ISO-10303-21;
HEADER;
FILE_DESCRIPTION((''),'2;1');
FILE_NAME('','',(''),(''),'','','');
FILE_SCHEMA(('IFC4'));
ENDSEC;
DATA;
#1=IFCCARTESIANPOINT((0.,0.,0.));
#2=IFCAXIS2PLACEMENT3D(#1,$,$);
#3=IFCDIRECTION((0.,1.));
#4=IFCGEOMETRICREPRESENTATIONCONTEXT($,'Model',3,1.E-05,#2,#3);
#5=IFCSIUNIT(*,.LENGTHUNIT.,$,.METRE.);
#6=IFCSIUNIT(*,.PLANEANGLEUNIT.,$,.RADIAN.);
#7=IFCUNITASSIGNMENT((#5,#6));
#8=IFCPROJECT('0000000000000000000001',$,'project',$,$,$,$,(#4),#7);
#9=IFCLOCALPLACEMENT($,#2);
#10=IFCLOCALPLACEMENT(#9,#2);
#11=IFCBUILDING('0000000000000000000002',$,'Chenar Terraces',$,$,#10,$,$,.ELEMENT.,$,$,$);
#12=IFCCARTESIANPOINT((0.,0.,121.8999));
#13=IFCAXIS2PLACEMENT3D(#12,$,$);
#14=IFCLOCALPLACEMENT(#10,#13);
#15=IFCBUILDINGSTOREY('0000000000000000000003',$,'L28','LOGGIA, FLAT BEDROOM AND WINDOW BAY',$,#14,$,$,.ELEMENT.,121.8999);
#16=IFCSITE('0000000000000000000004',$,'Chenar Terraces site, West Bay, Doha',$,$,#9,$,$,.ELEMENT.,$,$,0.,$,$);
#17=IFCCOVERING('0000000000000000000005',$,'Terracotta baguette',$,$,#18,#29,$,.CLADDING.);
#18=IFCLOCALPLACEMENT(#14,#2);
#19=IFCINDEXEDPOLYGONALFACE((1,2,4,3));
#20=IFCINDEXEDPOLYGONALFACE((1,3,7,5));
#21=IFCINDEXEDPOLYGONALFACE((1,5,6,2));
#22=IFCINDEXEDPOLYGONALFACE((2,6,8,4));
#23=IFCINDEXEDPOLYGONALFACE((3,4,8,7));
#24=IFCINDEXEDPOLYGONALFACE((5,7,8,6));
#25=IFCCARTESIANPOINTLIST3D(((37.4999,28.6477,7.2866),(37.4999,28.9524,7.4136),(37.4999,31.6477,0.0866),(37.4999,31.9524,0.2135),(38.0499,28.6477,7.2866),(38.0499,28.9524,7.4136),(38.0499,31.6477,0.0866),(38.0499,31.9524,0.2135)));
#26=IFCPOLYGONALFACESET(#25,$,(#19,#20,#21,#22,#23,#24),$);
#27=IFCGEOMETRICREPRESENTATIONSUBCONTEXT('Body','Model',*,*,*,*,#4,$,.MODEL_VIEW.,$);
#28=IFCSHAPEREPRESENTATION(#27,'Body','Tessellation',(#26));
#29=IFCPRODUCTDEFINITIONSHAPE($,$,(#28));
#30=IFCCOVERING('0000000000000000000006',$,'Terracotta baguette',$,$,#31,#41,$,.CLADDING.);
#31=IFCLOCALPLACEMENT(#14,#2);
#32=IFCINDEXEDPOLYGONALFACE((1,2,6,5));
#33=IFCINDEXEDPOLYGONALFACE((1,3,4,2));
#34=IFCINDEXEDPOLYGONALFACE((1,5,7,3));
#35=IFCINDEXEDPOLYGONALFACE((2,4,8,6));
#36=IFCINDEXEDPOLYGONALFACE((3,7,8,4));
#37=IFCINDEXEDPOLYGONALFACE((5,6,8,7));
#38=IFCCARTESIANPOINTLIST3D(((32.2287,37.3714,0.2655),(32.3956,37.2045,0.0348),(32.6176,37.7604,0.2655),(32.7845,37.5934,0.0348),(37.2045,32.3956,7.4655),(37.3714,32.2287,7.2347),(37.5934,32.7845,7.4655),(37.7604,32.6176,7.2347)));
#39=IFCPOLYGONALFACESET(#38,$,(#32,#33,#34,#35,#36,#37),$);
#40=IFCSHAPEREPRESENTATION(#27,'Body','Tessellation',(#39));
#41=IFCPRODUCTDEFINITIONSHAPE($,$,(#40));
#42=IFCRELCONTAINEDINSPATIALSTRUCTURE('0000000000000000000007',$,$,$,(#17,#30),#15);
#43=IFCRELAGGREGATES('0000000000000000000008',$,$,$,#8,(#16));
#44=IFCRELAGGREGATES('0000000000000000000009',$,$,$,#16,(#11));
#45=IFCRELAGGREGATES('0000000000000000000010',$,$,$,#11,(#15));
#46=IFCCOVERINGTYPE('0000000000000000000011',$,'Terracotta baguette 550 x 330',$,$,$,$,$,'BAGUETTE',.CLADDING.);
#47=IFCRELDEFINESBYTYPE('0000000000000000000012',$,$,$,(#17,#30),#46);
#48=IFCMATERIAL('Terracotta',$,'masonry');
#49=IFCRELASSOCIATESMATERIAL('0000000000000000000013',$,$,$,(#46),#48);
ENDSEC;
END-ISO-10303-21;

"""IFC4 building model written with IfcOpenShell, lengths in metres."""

from ifc_helpers import new_model, si_unit, direction, frame, origin, origin_2d, place, context, subcontext, project, spatial, rectangle, extrude, material, material_profile, profile_set, type_object, element, save


model = new_model("IFC4")

# Units and contexts
model_context = context("Model", 3, precision=1e-05, world=origin(), true_north=direction((0.0, 1.0)))
body_context = subcontext(model_context, "Body", "Model", "MODEL_VIEW")
ifc_project = project(units=[si_unit("LENGTHUNIT", "METRE"), si_unit("PLANEANGLEUNIT", "RADIAN")], contexts=[model_context])

# Site, building, storey
site_placement = place(None, origin())
site = spatial("IfcSite", under=ifc_project, at=site_placement, Name="Chenar Terraces site, West Bay, Doha", CompositionType="ELEMENT", RefElevation=0.0)
building_placement = place(site_placement, origin())
building = spatial("IfcBuilding", under=site, at=building_placement, Name="Chenar Terraces", CompositionType="ELEMENT")
storey_placement = place(building_placement, frame((0.0, 0.0, 121.8999)))
storey = spatial("IfcBuildingStorey", under=building, at=storey_placement, Name="L28", Description="LOGGIA, FLAT BEDROOM AND WINDOW BAY", CompositionType="ELEMENT", Elevation=121.8999)

# Coverings
ifc_material_1 = material(Name="Terracotta", Category="masonry")
ifc_material_profile_1 = material_profile(ifc_material_1, rectangle(XDim=0.55, YDim=0.3301, at=origin_2d()), Name="Terracotta baguette 550 x 330")
ifc_profile_set_1 = profile_set([ifc_material_profile_1], Name="Terracotta")
covering_type = type_object("IfcCoveringType", Name="Terracotta baguette 550 x 330", ElementType="BAGUETTE", PredefinedType="CLADDING", material=ifc_profile_set_1)
covering_1_placement = place(storey_placement, frame((37.7749, 28.8, 7.3501), z_axis=(0.0, 0.384618, -0.923076), x_axis=(-1.0, 0.0, 0.0)))
element("IfcCovering", 1, at=covering_1_placement, inside=storey, type_object=covering_type, Name="Terracotta baguette", PredefinedType="CLADDING", context=body_context, shape_type="SweptSolid", body=[
    extrude(rectangle(XDim=0.55, YDim=0.3301, at=origin_2d()), origin(), (0.0, 0.0, 1.0), 7.8),
])
covering_2_placement = place(storey_placement, frame((37.4824, 32.5066, 7.3501), z_axis=(-0.494241, 0.494241, -0.715159), x_axis=(-0.707107, -0.707107, 0.0)))
element("IfcCovering", 2, at=covering_2_placement, inside=storey, type_object=covering_type, Name="Terracotta baguette", PredefinedType="CLADDING", context=body_context, shape_type="SweptSolid", body=[
    extrude(rectangle(XDim=0.55, YDim=0.3301, at=origin_2d()), origin(), (0.0, 0.0, 1.0), 10.0676),
])

save(model, "model.ifc")
